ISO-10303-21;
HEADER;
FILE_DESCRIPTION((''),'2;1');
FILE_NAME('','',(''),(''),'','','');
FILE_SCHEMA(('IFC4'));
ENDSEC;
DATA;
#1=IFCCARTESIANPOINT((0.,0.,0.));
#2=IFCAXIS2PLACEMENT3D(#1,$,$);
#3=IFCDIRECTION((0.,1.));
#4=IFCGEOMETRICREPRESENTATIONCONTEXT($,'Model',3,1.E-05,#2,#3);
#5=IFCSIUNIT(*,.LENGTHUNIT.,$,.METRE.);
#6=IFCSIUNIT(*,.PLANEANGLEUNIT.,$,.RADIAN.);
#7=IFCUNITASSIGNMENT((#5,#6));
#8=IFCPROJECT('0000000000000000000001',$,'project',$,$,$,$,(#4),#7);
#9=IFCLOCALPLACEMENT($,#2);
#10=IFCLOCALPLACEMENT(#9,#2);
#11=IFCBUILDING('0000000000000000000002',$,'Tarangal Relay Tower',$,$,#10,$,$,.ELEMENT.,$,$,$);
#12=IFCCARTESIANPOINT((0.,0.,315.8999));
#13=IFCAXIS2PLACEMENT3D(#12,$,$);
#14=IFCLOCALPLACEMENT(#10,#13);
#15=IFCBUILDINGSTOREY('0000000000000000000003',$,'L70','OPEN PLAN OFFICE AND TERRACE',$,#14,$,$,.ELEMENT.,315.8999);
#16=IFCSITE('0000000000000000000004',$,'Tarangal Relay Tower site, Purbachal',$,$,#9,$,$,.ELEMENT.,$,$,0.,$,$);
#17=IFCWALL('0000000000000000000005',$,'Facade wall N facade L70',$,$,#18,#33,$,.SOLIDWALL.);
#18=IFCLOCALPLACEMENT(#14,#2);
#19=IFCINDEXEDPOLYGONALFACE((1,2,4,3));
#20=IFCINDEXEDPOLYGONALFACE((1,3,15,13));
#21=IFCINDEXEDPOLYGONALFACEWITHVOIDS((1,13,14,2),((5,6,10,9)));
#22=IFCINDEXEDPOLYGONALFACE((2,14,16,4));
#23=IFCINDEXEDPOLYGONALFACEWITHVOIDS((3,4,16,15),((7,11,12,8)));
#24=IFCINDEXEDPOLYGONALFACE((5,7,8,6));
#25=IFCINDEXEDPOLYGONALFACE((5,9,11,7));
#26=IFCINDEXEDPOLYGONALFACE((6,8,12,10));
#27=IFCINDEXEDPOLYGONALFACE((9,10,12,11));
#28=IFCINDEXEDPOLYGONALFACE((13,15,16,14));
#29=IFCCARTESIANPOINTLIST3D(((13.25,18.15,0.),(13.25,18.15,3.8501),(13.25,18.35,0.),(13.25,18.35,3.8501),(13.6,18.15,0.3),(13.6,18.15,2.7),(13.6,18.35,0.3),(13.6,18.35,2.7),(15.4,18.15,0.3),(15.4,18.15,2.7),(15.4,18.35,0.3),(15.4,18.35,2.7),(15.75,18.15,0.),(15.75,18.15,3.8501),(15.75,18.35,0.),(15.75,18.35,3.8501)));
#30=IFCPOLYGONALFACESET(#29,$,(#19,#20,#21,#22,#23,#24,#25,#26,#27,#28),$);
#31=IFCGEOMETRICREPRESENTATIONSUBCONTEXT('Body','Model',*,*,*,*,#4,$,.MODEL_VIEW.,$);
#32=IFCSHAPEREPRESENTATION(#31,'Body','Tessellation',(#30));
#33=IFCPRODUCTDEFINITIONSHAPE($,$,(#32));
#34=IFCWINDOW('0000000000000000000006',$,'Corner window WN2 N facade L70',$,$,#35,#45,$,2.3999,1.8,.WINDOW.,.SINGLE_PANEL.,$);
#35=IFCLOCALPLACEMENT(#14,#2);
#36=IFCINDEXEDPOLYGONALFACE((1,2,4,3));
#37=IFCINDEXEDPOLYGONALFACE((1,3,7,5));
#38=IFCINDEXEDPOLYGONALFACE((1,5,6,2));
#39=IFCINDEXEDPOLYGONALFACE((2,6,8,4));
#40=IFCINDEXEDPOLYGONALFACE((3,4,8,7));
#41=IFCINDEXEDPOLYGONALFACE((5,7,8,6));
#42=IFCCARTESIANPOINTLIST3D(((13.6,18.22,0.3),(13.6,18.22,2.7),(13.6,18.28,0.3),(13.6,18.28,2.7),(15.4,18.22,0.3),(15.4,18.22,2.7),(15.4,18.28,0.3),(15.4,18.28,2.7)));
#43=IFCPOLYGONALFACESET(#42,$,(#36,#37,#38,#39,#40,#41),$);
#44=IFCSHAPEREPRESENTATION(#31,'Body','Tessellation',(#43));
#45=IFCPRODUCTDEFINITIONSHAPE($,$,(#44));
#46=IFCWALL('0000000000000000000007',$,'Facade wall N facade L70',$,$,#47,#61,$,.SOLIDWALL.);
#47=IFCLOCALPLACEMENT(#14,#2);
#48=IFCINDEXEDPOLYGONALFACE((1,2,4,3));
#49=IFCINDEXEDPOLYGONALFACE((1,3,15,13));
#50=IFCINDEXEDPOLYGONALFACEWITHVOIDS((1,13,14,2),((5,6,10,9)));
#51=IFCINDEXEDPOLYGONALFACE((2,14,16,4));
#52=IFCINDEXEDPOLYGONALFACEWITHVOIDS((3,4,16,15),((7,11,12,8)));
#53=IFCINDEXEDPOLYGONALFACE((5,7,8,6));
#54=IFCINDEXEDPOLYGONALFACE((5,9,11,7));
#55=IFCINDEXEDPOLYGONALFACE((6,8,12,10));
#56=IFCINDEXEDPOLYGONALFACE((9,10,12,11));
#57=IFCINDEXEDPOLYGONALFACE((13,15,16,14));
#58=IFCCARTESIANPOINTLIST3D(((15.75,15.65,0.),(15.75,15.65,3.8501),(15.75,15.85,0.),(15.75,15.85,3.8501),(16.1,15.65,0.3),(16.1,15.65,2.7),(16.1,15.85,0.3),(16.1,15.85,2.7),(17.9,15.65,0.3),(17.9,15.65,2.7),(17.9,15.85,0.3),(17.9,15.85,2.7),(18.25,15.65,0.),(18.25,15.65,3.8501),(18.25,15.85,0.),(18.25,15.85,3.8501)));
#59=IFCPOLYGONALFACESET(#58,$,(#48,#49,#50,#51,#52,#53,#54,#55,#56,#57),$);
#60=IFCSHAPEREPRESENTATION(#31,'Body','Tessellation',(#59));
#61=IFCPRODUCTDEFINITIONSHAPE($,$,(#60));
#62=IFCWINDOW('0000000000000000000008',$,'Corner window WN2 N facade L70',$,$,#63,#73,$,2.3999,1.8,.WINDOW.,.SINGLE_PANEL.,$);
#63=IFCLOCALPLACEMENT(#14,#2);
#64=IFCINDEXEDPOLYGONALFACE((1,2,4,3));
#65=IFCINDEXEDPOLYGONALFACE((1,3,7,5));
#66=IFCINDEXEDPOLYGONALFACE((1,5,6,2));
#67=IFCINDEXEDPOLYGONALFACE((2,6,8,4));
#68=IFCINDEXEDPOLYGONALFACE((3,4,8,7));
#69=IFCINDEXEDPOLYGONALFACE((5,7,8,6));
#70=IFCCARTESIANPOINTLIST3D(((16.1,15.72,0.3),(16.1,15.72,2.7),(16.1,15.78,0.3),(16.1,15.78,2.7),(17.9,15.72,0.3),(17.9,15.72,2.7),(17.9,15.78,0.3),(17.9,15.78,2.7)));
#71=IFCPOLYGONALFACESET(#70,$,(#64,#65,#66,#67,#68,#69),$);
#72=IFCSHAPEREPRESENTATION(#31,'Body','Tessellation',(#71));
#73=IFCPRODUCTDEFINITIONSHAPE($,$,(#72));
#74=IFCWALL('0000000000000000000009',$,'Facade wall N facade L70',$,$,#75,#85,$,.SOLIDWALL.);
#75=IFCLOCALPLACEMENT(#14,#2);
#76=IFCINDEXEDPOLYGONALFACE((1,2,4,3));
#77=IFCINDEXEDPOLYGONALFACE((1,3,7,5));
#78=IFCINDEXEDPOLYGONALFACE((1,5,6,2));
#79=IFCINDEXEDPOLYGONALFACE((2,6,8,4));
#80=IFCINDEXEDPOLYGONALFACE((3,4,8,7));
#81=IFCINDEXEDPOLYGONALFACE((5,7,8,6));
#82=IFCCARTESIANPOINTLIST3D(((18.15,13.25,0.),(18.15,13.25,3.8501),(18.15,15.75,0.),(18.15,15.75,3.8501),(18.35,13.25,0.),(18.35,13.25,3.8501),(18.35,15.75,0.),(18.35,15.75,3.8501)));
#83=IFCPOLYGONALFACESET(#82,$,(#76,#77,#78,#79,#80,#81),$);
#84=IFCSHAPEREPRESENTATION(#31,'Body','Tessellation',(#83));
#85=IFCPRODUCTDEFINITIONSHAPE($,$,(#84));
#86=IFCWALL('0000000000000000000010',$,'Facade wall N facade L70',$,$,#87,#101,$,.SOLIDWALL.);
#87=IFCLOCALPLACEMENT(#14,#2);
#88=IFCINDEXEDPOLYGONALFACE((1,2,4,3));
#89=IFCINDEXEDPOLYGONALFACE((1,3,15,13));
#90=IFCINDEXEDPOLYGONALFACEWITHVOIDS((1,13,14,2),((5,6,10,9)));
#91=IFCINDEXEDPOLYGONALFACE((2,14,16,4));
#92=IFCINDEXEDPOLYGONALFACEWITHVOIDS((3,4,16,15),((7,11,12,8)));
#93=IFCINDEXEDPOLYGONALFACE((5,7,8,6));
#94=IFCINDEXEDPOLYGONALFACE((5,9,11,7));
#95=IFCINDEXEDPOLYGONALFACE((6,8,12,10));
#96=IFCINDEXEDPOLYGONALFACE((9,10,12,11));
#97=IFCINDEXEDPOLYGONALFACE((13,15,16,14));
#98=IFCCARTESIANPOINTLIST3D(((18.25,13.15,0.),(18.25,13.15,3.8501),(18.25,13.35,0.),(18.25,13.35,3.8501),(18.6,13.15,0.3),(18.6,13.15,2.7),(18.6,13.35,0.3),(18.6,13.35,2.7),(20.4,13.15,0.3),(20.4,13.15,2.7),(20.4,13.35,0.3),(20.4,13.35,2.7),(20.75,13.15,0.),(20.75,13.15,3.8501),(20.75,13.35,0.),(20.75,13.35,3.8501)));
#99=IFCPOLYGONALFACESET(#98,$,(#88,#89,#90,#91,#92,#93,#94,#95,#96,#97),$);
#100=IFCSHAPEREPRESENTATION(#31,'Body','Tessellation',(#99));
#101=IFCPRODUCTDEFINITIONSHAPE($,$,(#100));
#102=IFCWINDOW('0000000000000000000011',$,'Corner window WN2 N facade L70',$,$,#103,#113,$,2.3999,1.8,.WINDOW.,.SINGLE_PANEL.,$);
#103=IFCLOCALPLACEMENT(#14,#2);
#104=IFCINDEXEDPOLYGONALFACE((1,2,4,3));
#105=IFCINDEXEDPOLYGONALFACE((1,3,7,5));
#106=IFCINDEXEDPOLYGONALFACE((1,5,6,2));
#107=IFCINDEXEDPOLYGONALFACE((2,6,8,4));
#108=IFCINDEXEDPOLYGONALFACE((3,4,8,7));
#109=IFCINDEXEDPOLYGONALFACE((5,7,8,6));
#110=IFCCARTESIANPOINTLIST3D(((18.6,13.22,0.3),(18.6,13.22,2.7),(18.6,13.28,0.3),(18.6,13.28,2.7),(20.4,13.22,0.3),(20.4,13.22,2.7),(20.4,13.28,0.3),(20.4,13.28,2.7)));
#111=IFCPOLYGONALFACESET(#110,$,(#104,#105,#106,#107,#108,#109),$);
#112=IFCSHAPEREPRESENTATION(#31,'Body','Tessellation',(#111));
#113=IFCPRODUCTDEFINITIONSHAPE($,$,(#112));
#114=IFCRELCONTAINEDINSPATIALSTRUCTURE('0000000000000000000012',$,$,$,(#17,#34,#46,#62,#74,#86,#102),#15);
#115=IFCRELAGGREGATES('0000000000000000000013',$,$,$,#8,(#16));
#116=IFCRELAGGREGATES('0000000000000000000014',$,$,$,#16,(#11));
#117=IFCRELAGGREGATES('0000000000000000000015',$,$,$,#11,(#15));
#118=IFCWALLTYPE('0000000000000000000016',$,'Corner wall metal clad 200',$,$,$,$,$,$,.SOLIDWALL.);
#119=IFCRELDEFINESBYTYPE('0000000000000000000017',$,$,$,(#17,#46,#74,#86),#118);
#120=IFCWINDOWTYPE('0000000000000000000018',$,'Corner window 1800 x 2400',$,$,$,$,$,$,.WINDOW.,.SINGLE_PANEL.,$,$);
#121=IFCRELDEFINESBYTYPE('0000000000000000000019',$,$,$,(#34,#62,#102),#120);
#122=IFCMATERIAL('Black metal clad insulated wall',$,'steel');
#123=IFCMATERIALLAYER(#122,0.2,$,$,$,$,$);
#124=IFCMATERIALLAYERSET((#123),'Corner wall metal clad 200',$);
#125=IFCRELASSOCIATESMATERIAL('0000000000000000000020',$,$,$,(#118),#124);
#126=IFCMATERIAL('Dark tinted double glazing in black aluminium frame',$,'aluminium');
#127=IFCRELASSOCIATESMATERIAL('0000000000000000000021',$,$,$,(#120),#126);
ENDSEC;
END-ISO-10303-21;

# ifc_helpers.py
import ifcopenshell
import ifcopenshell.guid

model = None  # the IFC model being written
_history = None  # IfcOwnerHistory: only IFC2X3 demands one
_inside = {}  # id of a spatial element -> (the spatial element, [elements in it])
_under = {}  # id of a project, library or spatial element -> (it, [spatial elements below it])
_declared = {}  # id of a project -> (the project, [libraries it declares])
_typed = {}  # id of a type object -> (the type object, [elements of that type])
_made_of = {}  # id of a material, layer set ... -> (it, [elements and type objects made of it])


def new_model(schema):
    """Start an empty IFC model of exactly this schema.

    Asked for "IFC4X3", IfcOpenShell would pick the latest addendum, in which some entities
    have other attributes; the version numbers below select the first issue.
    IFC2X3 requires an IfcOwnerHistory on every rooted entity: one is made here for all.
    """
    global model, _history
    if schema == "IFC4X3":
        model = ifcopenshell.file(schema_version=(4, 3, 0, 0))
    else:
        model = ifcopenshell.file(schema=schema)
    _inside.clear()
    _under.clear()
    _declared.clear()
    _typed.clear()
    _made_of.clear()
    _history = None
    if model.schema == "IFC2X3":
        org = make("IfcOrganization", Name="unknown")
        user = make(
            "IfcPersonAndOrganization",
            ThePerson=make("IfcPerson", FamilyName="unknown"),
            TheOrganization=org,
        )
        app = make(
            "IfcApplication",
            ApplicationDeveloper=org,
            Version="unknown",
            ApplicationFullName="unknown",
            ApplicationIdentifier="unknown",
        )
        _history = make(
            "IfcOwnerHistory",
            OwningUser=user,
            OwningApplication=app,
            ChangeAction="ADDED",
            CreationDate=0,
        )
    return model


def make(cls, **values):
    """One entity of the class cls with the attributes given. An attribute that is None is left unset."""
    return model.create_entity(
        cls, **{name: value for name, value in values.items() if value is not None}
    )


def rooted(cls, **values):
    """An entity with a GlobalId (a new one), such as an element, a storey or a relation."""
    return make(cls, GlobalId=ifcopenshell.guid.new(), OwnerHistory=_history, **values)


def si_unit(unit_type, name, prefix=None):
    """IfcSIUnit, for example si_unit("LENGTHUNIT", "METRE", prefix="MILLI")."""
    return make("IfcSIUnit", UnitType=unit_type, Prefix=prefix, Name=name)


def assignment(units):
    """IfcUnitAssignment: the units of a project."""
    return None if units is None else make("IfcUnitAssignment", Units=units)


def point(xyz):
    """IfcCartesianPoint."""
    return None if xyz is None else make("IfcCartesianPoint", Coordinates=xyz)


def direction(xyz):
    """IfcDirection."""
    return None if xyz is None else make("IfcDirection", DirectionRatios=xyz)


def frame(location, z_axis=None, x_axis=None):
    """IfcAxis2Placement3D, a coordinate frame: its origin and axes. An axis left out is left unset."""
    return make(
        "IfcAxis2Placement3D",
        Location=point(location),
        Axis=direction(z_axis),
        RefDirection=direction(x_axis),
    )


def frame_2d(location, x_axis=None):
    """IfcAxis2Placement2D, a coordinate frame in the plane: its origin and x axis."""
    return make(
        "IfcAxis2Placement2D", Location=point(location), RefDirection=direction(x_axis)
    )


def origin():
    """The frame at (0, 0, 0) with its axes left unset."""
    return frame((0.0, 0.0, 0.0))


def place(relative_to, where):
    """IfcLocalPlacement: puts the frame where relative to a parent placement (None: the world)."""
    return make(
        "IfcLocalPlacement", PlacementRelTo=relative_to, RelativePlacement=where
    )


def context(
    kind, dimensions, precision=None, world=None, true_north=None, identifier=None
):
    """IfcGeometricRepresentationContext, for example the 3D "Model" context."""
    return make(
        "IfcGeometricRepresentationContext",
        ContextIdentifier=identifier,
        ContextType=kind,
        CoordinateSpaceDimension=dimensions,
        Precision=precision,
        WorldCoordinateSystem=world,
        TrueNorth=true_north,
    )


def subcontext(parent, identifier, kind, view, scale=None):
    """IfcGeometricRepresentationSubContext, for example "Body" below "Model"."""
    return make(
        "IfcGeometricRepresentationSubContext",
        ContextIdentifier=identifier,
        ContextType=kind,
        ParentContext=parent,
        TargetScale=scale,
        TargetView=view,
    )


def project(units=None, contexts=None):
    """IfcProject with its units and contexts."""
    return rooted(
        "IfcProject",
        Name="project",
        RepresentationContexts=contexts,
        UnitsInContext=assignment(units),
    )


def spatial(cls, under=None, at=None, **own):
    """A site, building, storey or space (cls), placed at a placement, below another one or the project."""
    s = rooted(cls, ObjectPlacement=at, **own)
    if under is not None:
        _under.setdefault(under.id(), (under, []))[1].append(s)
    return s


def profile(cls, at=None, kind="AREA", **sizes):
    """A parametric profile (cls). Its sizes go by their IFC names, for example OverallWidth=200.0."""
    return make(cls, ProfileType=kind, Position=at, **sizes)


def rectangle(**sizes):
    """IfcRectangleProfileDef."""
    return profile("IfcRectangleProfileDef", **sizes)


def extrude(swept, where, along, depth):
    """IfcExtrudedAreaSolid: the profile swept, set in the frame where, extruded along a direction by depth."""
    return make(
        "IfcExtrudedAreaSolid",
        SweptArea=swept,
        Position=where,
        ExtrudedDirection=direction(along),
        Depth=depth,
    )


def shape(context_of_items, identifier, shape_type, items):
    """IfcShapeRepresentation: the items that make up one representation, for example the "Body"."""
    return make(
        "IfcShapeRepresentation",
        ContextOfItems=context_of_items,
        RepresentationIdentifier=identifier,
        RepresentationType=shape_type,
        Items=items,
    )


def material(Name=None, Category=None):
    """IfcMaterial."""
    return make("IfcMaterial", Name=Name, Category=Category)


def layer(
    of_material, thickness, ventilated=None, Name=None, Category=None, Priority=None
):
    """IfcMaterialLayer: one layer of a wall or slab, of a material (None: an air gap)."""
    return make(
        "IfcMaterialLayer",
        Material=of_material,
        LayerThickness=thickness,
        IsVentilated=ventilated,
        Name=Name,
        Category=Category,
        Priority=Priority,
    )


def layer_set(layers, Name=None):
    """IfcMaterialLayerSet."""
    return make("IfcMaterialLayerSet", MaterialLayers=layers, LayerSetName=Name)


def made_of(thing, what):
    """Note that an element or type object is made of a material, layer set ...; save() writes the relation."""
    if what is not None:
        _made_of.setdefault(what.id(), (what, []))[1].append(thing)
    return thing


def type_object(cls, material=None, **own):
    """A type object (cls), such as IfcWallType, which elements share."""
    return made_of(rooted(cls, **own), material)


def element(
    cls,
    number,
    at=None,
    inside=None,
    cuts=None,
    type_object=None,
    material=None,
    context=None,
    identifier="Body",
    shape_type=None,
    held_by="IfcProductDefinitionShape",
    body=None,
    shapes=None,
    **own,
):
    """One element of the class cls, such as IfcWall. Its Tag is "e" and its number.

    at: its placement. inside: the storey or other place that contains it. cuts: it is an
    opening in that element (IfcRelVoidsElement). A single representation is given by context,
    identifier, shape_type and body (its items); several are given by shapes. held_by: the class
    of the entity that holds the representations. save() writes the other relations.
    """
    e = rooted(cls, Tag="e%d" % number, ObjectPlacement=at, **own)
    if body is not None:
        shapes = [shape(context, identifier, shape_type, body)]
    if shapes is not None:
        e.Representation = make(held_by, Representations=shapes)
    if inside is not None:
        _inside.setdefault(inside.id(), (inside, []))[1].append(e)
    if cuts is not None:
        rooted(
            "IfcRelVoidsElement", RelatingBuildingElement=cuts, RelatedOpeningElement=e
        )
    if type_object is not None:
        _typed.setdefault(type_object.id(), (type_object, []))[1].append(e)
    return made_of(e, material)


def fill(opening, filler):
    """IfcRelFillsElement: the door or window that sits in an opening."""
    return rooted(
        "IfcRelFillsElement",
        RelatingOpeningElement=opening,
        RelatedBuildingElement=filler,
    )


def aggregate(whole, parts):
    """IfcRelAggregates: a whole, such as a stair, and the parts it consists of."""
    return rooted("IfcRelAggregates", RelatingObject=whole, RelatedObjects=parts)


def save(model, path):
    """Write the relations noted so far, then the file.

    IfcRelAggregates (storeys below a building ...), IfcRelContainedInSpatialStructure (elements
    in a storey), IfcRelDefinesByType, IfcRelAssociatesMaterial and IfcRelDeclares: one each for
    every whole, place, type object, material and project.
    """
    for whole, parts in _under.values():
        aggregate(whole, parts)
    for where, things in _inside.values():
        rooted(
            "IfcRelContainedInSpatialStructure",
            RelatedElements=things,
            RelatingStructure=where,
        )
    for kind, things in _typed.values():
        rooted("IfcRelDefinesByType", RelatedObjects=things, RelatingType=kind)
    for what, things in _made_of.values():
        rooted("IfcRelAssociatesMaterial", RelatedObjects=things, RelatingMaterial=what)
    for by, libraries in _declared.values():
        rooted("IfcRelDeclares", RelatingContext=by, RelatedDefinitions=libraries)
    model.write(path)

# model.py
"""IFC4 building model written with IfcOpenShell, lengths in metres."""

from ifc_helpers import new_model, si_unit, direction, frame, frame_2d, origin, place, context, subcontext, project, spatial, rectangle, extrude, material, layer, layer_set, type_object, element, fill, save


model = new_model("IFC4")

# Units and contexts
model_context = context("Model", 3, precision=1e-05, world=origin(), true_north=direction((0.0, 1.0)))
body_context = subcontext(model_context, "Body", "Model", "MODEL_VIEW")
ifc_project = project(units=[si_unit("LENGTHUNIT", "METRE"), si_unit("PLANEANGLEUNIT", "RADIAN")], contexts=[model_context])

# Site, building, storey
site_placement = place(None, origin())
site = spatial("IfcSite", under=ifc_project, at=site_placement, Name="Tarangal Relay Tower site, Purbachal", CompositionType="ELEMENT", RefElevation=0.0)
building_placement = place(site_placement, origin())
building = spatial("IfcBuilding", under=site, at=building_placement, Name="Tarangal Relay Tower", CompositionType="ELEMENT")
storey_placement = place(building_placement, frame((0.0, 0.0, 315.8999)))
storey = spatial("IfcBuildingStorey", under=building, at=storey_placement, Name="L70", Description="OPEN PLAN OFFICE AND TERRACE", CompositionType="ELEMENT", Elevation=315.8999)

# Shared definitions
ifc_material_1 = material(Name="Black metal clad insulated wall", Category="steel")
ifc_layer_1 = layer(ifc_material_1, 0.2)
ifc_layer_set_1 = layer_set([ifc_layer_1], Name="Corner wall metal clad 200")
wall_type_1 = type_object("IfcWallType", Name="Corner wall metal clad 200", PredefinedType="SOLIDWALL", material=ifc_layer_set_1)

# Wall, opening, window
wall_1_placement = place(storey_placement, frame((13.25, 18.25, 0.0), z_axis=(0.0, 0.0, 1.0), x_axis=(1.0, 0.0, 0.0)))
wall_1 = element("IfcWall", 1, at=wall_1_placement, inside=storey, type_object=wall_type_1, Name="Facade wall N facade L70", PredefinedType="SOLIDWALL", context=body_context, shape_type="SweptSolid", body=[
    extrude(rectangle(XDim=2.5, YDim=0.2, at=frame_2d((1.25, 0.0))), origin(), (0.0, 0.0, 1.0), 3.8501),
])
opening_1_placement = place(wall_1_placement, frame((0.3501, 0.0, 0.3)))
opening_1 = element("IfcOpeningElement", 2, at=opening_1_placement, cuts=wall_1, PredefinedType="OPENING", context=body_context, shape_type="SweptSolid", body=[
    extrude(rectangle(XDim=1.8, YDim=2.3999, at=frame_2d((0.8999, 1.2))), frame((0.0, 0.1099, 0.0), z_axis=(0.0, -1.0, 0.0), x_axis=(1.0, 0.0, 0.0)), (0.0, 0.0, 1.0), 0.22),
])
ifc_material_2 = material(Name="Dark tinted double glazing in black aluminium frame", Category="aluminium")
window_type = type_object("IfcWindowType", Name="Corner window 1800 x 2400", PartitioningType="SINGLE_PANEL", PredefinedType="WINDOW", material=ifc_material_2)
window_1_placement = place(opening_1_placement, origin())
window_1 = element("IfcWindow", 3, at=window_1_placement, inside=storey, type_object=window_type, Name="Corner window WN2 N facade L70", OverallHeight=2.3999, OverallWidth=1.8, PartitioningType="SINGLE_PANEL", PredefinedType="WINDOW", context=body_context, shape_type="SweptSolid", body=[
    extrude(rectangle(XDim=1.8, YDim=2.3999, at=frame_2d((0.8999, 1.2))), frame((0.0, 0.03, 0.0), z_axis=(0.0, -1.0, 0.0), x_axis=(1.0, 0.0, 0.0)), (0.0, 0.0, 1.0), 0.0601),
])
fill(opening_1, window_1)

# Wall, opening, window
wall_2_placement = place(storey_placement, frame((15.75, 15.75, 0.0), z_axis=(0.0, 0.0, 1.0), x_axis=(1.0, 0.0, 0.0)))
wall_2 = element("IfcWall", 4, at=wall_2_placement, inside=storey, type_object=wall_type_1, Name="Facade wall N facade L70", PredefinedType="SOLIDWALL", context=body_context, shape_type="SweptSolid", body=[
    extrude(rectangle(XDim=2.5, YDim=0.2, at=frame_2d((1.25, 0.0))), origin(), (0.0, 0.0, 1.0), 3.8501),
])
opening_2_placement = place(wall_2_placement, frame((0.3501, 0.0, 0.3)))
opening_2 = element("IfcOpeningElement", 5, at=opening_2_placement, cuts=wall_2, PredefinedType="OPENING", context=body_context, shape_type="SweptSolid", body=[
    extrude(rectangle(XDim=1.8, YDim=2.3999, at=frame_2d((0.8999, 1.2))), frame((0.0, 0.1099, 0.0), z_axis=(0.0, -1.0, 0.0), x_axis=(1.0, 0.0, 0.0)), (0.0, 0.0, 1.0), 0.22),
])
window_2_placement = place(opening_2_placement, origin())
window_2 = element("IfcWindow", 6, at=window_2_placement, inside=storey, type_object=window_type, Name="Corner window WN2 N facade L70", OverallHeight=2.3999, OverallWidth=1.8, PartitioningType="SINGLE_PANEL", PredefinedType="WINDOW", context=body_context, shape_type="SweptSolid", body=[
    extrude(rectangle(XDim=1.8, YDim=2.3999, at=frame_2d((0.8999, 1.2))), frame((0.0, 0.03, 0.0), z_axis=(0.0, -1.0, 0.0), x_axis=(1.0, 0.0, 0.0)), (0.0, 0.0, 1.0), 0.0601),
])
fill(opening_2, window_2)

# Wall
wall_3_placement = place(storey_placement, frame((18.25, 15.75, 0.0), z_axis=(0.0, 0.0, 1.0), x_axis=(0.0, -1.0, 0.0)))
element("IfcWall", 7, at=wall_3_placement, inside=storey, type_object=wall_type_1, Name="Facade wall N facade L70", PredefinedType="SOLIDWALL", context=body_context, shape_type="SweptSolid", body=[
    extrude(rectangle(XDim=2.5, YDim=0.2, at=frame_2d((1.25, 0.0))), origin(), (0.0, 0.0, 1.0), 3.8501),
])

# Wall, opening, window
wall_4_placement = place(storey_placement, frame((18.25, 13.25, 0.0), z_axis=(0.0, 0.0, 1.0), x_axis=(1.0, 0.0, 0.0)))
wall_4 = element("IfcWall", 8, at=wall_4_placement, inside=storey, type_object=wall_type_1, Name="Facade wall N facade L70", PredefinedType="SOLIDWALL", context=body_context, shape_type="SweptSolid", body=[
    extrude(rectangle(XDim=2.5, YDim=0.2, at=frame_2d((1.25, 0.0))), origin(), (0.0, 0.0, 1.0), 3.8501),
])
opening_3_placement = place(wall_4_placement, frame((0.3501, 0.0, 0.3)))
opening_3 = element("IfcOpeningElement", 9, at=opening_3_placement, cuts=wall_4, PredefinedType="OPENING", context=body_context, shape_type="SweptSolid", body=[
    extrude(rectangle(XDim=1.8, YDim=2.3999, at=frame_2d((0.8999, 1.2))), frame((0.0, 0.1099, 0.0), z_axis=(0.0, -1.0, 0.0), x_axis=(1.0, 0.0, 0.0)), (0.0, 0.0, 1.0), 0.22),
])
window_3_placement = place(opening_3_placement, origin())
window_3 = element("IfcWindow", 10, at=window_3_placement, inside=storey, type_object=window_type, Name="Corner window WN2 N facade L70", OverallHeight=2.3999, OverallWidth=1.8, PartitioningType="SINGLE_PANEL", PredefinedType="WINDOW", context=body_context, shape_type="SweptSolid", body=[
    extrude(rectangle(XDim=1.8, YDim=2.3999, at=frame_2d((0.8999, 1.2))), frame((0.0, 0.03, 0.0), z_axis=(0.0, -1.0, 0.0), x_axis=(1.0, 0.0, 0.0)), (0.0, 0.0, 1.0), 0.0601),
])
fill(opening_3, window_3)

save(model, "model.ifc")
